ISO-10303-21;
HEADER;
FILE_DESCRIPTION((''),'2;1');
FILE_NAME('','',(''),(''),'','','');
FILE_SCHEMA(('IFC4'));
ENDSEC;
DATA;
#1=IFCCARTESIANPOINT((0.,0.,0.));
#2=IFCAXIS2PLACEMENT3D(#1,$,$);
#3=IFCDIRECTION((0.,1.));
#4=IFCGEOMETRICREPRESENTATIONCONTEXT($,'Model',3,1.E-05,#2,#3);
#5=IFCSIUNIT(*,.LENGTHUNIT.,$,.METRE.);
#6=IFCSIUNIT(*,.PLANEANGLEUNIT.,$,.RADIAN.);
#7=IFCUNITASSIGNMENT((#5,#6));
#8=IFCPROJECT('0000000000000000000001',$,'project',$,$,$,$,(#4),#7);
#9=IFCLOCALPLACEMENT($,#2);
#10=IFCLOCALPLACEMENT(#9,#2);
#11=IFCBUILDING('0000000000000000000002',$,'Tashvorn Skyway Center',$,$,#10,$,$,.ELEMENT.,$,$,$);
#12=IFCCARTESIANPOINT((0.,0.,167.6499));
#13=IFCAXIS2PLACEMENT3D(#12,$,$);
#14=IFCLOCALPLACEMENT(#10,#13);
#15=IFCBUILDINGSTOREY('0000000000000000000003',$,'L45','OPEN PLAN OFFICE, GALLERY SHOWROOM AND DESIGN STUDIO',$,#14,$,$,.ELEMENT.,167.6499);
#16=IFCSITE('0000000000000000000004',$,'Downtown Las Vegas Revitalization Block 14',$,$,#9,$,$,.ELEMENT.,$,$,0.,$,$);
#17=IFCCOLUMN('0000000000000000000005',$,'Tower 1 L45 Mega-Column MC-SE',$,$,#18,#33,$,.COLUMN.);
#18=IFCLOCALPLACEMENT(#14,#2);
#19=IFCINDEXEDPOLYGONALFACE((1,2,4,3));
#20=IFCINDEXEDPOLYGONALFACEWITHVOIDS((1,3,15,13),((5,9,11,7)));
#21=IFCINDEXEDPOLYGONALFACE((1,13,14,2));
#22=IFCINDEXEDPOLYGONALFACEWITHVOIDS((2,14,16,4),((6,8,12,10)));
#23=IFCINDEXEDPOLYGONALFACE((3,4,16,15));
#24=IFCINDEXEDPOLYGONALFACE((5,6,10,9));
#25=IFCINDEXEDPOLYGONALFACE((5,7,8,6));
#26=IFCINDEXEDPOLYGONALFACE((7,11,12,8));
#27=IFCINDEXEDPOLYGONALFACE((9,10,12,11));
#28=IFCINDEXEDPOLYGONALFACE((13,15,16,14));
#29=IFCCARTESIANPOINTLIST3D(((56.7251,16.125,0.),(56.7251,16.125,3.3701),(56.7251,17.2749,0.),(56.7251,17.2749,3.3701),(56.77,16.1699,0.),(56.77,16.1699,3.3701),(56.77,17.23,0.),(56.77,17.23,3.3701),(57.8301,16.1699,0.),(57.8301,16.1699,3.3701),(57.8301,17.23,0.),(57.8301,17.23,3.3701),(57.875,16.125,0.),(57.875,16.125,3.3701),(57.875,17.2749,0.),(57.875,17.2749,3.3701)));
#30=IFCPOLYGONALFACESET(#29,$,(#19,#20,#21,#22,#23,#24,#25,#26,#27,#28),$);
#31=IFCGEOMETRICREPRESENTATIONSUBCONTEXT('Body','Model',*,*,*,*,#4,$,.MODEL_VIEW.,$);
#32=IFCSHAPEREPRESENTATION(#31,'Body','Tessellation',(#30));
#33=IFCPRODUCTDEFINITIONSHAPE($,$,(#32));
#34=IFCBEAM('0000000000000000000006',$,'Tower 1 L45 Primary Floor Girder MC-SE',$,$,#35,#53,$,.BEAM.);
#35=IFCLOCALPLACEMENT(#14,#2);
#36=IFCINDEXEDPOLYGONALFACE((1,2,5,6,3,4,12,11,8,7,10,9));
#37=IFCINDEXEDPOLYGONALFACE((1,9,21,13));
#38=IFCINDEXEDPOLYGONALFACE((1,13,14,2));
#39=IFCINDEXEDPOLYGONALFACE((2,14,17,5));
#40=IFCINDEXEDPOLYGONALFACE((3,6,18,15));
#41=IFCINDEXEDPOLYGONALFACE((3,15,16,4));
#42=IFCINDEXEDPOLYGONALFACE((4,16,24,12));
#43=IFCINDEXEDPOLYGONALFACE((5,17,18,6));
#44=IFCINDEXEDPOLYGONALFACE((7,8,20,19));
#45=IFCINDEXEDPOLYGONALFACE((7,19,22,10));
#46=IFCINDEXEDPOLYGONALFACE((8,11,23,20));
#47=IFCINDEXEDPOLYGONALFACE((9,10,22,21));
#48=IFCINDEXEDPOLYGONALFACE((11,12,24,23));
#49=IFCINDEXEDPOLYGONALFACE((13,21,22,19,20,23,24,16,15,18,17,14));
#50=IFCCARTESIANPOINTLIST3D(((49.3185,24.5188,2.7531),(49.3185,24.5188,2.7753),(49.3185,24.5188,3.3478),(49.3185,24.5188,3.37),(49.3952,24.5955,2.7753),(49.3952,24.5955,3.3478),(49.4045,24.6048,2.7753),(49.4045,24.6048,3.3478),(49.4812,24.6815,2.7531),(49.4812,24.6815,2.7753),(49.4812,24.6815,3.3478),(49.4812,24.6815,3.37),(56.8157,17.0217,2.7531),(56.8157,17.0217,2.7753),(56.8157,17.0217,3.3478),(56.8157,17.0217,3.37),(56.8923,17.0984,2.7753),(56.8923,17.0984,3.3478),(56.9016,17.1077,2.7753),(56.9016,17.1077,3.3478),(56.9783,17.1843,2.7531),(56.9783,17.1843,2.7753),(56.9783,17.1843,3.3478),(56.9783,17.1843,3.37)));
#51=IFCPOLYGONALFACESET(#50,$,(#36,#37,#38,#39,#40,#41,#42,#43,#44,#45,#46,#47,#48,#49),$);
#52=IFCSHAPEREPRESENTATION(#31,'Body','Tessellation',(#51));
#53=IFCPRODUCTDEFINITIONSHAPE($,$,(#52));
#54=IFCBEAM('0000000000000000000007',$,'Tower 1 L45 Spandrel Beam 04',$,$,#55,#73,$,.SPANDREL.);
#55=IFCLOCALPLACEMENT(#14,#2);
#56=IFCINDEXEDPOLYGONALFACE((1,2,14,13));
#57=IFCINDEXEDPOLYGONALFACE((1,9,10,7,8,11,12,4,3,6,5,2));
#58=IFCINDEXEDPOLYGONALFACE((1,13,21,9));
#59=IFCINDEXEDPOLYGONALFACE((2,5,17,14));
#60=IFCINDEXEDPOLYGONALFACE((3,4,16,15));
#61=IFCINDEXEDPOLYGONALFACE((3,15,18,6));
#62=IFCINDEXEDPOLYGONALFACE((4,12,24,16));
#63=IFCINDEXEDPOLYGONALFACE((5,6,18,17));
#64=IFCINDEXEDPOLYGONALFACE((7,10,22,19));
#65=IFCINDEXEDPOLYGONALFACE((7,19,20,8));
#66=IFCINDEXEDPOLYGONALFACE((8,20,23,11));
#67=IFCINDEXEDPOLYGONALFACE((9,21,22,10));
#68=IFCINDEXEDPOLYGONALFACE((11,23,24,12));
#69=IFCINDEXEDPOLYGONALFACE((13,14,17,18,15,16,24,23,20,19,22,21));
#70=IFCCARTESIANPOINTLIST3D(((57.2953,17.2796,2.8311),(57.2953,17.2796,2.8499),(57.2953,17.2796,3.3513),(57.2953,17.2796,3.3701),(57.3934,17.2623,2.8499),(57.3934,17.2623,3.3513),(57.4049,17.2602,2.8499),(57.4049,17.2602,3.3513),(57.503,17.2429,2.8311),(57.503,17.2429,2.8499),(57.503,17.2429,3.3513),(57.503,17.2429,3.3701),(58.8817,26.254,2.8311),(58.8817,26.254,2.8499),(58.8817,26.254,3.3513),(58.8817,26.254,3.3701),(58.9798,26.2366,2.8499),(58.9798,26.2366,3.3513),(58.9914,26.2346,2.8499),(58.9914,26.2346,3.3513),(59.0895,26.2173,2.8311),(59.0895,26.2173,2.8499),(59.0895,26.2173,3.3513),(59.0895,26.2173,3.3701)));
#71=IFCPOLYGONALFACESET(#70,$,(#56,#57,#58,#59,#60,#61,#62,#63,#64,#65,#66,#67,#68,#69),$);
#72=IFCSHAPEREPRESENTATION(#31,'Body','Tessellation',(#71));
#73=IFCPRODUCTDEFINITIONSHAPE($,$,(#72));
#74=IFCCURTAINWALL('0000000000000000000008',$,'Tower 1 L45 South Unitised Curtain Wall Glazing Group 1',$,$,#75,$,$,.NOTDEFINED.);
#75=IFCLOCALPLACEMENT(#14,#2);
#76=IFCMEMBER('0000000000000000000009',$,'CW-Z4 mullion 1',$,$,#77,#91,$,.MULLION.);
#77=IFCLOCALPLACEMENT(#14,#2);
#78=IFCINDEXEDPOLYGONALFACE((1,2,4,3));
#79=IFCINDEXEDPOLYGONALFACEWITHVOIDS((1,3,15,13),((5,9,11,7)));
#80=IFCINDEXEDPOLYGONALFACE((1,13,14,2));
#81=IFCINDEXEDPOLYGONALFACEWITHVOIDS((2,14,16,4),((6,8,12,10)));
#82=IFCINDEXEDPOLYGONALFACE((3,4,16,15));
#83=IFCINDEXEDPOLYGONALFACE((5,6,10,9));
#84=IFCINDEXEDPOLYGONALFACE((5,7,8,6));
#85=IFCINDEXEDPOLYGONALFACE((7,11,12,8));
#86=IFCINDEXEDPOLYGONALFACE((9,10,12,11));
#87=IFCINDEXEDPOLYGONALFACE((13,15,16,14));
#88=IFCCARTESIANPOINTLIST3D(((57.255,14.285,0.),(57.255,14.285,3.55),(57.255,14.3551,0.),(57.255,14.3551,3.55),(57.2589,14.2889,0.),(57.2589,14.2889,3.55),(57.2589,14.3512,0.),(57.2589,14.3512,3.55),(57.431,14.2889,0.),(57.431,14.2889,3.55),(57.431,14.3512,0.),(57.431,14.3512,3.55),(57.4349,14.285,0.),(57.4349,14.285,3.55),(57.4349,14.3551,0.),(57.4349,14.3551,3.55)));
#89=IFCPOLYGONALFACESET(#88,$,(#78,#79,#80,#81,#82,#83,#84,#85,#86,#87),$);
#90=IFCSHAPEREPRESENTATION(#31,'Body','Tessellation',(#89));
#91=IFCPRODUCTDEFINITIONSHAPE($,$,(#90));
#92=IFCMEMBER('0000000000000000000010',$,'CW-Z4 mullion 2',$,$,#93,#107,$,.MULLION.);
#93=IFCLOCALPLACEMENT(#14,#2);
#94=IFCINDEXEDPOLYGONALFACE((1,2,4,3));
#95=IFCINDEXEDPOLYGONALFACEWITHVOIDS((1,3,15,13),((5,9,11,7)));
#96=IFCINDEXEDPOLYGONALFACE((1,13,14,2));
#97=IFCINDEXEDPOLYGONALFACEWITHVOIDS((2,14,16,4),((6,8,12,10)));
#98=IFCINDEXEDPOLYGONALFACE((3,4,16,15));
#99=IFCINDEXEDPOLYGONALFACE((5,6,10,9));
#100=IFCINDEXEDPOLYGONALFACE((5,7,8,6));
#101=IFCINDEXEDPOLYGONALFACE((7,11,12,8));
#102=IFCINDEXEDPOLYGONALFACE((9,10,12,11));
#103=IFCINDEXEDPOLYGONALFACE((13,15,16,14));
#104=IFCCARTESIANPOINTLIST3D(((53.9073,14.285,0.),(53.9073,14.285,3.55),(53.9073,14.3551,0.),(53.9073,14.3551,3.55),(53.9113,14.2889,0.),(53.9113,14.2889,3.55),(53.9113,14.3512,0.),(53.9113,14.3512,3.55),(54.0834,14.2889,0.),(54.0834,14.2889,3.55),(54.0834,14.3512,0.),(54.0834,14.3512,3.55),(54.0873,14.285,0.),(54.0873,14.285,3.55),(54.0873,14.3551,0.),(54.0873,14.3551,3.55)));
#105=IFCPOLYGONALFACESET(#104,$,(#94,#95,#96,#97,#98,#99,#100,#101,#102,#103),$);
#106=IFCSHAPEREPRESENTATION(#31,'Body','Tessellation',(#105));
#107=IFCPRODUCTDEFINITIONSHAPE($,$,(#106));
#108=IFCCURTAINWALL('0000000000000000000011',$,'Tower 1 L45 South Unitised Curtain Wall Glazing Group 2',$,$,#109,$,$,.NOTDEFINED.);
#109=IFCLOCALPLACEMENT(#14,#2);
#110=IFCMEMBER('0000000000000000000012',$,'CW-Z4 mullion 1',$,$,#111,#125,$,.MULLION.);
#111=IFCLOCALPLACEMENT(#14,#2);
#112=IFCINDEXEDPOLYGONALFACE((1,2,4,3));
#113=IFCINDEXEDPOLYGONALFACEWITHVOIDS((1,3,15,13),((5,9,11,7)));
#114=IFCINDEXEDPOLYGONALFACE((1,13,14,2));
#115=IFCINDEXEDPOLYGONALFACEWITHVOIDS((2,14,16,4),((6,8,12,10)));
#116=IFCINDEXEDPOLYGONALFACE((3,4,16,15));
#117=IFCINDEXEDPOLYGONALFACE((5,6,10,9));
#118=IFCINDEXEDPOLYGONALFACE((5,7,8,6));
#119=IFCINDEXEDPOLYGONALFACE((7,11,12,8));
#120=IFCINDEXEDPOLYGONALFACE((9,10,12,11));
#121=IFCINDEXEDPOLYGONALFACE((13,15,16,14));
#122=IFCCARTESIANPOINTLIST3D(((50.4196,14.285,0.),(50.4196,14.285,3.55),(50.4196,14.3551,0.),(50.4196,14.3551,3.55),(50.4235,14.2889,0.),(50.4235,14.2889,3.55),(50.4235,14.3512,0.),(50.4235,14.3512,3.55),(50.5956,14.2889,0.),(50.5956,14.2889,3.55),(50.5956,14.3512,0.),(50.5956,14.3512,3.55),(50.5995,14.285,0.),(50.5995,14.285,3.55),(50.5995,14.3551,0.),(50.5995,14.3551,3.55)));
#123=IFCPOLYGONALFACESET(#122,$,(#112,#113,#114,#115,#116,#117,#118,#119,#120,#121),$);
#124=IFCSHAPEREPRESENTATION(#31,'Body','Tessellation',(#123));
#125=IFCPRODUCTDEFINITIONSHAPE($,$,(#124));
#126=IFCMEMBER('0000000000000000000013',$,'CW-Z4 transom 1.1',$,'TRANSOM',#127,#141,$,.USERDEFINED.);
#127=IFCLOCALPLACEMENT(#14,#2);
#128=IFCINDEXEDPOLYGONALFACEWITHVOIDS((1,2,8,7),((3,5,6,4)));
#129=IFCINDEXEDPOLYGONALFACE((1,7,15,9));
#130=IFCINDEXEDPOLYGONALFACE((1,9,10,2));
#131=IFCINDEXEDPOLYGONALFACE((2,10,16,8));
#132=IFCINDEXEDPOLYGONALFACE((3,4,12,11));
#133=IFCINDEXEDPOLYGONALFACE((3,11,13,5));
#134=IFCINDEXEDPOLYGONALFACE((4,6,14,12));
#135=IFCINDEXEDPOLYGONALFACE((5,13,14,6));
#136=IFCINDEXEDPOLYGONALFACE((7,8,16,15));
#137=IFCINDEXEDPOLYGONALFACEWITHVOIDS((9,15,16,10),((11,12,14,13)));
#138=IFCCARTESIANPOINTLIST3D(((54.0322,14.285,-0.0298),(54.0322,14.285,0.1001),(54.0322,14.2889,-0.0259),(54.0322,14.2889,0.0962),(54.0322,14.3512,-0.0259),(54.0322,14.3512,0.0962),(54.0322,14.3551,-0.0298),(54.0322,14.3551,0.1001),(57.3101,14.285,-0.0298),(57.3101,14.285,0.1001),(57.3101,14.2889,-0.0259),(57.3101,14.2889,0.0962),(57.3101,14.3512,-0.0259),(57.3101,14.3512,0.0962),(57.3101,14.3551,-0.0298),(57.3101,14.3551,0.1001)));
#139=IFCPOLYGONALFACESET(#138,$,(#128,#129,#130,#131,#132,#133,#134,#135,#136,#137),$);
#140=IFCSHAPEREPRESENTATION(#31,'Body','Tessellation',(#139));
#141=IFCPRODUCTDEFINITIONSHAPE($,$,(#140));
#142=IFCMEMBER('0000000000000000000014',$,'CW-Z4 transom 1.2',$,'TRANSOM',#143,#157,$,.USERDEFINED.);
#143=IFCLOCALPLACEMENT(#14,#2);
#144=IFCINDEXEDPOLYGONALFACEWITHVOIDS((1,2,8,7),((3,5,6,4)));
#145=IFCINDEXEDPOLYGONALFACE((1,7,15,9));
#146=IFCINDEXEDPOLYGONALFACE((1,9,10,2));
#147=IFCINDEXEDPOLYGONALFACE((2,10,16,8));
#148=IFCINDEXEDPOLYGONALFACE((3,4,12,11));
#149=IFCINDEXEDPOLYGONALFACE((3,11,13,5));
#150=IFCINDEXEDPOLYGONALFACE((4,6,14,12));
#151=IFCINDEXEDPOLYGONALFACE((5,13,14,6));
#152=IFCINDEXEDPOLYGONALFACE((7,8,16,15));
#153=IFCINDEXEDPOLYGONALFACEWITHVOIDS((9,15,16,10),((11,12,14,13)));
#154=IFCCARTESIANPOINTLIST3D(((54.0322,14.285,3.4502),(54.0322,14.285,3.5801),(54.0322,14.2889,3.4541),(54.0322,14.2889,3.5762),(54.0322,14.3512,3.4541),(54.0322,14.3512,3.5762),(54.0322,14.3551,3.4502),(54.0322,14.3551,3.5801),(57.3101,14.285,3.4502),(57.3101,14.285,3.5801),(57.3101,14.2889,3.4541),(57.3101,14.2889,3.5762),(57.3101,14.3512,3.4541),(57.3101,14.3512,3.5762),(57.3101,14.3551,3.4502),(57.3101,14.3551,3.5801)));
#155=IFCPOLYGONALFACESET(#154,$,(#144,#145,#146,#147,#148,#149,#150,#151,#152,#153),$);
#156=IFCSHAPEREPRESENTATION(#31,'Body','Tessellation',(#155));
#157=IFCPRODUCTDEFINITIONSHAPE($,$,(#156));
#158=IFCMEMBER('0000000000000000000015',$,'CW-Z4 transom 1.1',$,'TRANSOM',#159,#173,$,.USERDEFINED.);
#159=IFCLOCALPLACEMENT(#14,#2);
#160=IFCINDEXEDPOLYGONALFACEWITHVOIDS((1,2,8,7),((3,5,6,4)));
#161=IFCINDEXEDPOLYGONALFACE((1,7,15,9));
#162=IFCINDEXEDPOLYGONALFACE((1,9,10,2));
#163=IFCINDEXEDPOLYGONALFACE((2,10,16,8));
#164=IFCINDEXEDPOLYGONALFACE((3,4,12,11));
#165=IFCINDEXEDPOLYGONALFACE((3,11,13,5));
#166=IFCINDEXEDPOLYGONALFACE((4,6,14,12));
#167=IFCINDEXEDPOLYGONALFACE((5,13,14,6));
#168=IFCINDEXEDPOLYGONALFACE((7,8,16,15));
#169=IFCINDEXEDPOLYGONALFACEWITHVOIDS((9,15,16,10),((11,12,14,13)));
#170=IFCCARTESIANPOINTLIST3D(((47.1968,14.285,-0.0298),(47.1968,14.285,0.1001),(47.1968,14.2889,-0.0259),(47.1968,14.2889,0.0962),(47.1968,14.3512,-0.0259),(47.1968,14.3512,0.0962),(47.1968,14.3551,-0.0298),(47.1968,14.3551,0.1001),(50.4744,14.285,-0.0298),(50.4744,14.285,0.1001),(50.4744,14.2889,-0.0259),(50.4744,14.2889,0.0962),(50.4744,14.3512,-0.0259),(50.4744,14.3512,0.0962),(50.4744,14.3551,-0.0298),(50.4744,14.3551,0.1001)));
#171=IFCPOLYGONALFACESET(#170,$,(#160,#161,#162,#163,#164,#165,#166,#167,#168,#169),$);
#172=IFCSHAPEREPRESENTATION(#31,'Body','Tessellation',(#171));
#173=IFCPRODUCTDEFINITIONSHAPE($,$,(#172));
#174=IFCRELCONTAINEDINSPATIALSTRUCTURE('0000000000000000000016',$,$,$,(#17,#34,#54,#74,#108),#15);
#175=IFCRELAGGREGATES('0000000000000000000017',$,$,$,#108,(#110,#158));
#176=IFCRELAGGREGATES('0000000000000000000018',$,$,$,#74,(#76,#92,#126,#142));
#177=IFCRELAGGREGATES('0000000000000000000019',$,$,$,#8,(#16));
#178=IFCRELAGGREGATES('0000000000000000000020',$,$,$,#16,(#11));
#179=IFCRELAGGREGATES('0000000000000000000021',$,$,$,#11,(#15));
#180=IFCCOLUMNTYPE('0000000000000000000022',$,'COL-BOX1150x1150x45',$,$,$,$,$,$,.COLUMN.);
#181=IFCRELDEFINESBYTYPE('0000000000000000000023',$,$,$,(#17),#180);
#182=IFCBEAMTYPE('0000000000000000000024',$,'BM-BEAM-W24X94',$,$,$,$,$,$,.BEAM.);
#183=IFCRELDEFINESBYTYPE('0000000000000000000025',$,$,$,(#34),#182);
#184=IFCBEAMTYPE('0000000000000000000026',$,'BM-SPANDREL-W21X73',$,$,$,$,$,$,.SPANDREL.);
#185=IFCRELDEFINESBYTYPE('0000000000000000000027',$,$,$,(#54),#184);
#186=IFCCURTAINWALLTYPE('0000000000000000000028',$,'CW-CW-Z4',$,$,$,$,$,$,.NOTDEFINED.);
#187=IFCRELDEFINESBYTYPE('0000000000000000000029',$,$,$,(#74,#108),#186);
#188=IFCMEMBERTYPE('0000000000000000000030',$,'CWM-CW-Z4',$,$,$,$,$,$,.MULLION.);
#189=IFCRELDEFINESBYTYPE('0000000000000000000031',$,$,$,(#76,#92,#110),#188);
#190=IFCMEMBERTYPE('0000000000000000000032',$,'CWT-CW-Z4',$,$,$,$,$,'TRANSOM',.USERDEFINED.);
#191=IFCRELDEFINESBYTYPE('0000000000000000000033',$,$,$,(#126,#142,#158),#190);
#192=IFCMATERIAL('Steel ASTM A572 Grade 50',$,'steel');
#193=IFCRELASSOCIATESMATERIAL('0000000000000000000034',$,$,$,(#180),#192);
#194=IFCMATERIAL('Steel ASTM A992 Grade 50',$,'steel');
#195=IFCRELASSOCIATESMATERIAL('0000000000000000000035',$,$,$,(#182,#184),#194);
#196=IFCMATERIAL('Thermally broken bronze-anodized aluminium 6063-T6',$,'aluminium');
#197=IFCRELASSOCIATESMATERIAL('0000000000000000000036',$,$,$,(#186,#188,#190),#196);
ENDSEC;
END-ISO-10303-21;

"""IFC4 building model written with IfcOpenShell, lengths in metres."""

from ifc_helpers import new_model, si_unit, direction, frame, origin, origin_2d, place, context, subcontext, project, spatial, hollow_rectangle, i_section, extrude, material, material_profile, profile_set, type_object, element, aggregate, save


model = new_model("IFC4")

# Units and contexts
model_context = context("Model", 3, precision=1e-05, world=origin(), true_north=direction((0.0, 1.0)))
body_context = subcontext(model_context, "Body", "Model", "MODEL_VIEW")
ifc_project = project(units=[si_unit("LENGTHUNIT", "METRE"), si_unit("PLANEANGLEUNIT", "RADIAN")], contexts=[model_context])

# Site, building, storey
site_placement = place(None, origin())
site = spatial("IfcSite", under=ifc_project, at=site_placement, Name="Downtown Las Vegas Revitalization Block 14", CompositionType="ELEMENT", RefElevation=0.0)
building_placement = place(site_placement, origin())
building = spatial("IfcBuilding", under=site, at=building_placement, Name="Tashvorn Skyway Center", CompositionType="ELEMENT")
storey_placement = place(building_placement, frame((0.0, 0.0, 167.6499)))
storey = spatial("IfcBuildingStorey", under=building, at=storey_placement, Name="L45", Description="OPEN PLAN OFFICE, GALLERY SHOWROOM AND DESIGN STUDIO", CompositionType="ELEMENT", Elevation=167.6499)

# Column
ifc_material_1 = material(Name="Steel ASTM A572 Grade 50", Category="steel")
ifc_material_profile_1 = material_profile(ifc_material_1, hollow_rectangle(XDim=1.1499, YDim=1.1499, WallThickness=0.0449, at=origin_2d()), Name="BOX1150x1150x45")
ifc_profile_set_1 = profile_set([ifc_material_profile_1], Name="Steel ASTM A572 Grade 50")
column_type = type_object("IfcColumnType", Name="COL-BOX1150x1150x45", PredefinedType="COLUMN", material=ifc_profile_set_1)
column_placement = place(storey_placement, frame((57.3, 16.7, 0.0), z_axis=(0.0, 0.0, 1.0), x_axis=(1.0, 0.0, 0.0)))
element("IfcColumn", 1, at=column_placement, inside=storey, type_object=column_type, Name="Tower 1 L45 Mega-Column MC-SE", PredefinedType="COLUMN", context=body_context, shape_type="SweptSolid", body=[
    extrude(hollow_rectangle(XDim=1.1499, YDim=1.1499, WallThickness=0.0449, at=origin_2d()), origin(), (0.0, 0.0, 1.0), 3.3701),
])

# Beams
ifc_material_2 = material(Name="Steel ASTM A992 Grade 50", Category="steel")
ifc_material_profile_2 = material_profile(ifc_material_2, i_section(OverallWidth=0.23, OverallDepth=0.6169, WebThickness=0.0132, FlangeThickness=0.0222, at=origin_2d()), Name="W24X94")
ifc_profile_set_2 = profile_set([ifc_material_profile_2], Name="Steel ASTM A992 Grade 50")
beam_type_1 = type_object("IfcBeamType", Name="BM-BEAM-W24X94", PredefinedType="BEAM", material=ifc_profile_set_2)
beam_1_placement = place(storey_placement, frame((56.897, 17.103, 3.0615), z_axis=(-0.707107, 0.707107, 0.0), x_axis=(-0.707107, -0.707107, 0.0)))
element("IfcBeam", 2, at=beam_1_placement, inside=storey, type_object=beam_type_1, Name="Tower 1 L45 Primary Floor Girder MC-SE", PredefinedType="BEAM", context=body_context, shape_type="SweptSolid", body=[
    extrude(i_section(OverallWidth=0.23, OverallDepth=0.6169, WebThickness=0.0132, FlangeThickness=0.0222, at=origin_2d()), origin(), (0.0, 0.0, 1.0), 10.6025),
])
ifc_material_profile_3 = material_profile(ifc_material_2, i_section(OverallWidth=0.2109, OverallDepth=0.5391, WebThickness=0.0117, FlangeThickness=0.0188, at=origin_2d()), Name="W21X73")
ifc_profile_set_3 = profile_set([ifc_material_profile_3], Name="Steel ASTM A992 Grade 50")
beam_type_2 = type_object("IfcBeamType", Name="BM-SPANDREL-W21X73", PredefinedType="SPANDREL", material=ifc_profile_set_3)
beam_2_placement = place(storey_placement, frame((57.3992, 17.2612, 3.1006), z_axis=(0.174074, 0.984733, 0.0), x_axis=(-0.984733, 0.174074, 0.0)))
element("IfcBeam", 3, at=beam_2_placement, inside=storey, type_object=beam_type_2, Name="Tower 1 L45 Spandrel Beam 04", PredefinedType="SPANDREL", context=body_context, shape_type="SweptSolid", body=[
    extrude(i_section(OverallWidth=0.2109, OverallDepth=0.5391, WebThickness=0.0117, FlangeThickness=0.0188, at=origin_2d()), origin(), (0.0, 0.0, 1.0), 9.1135),
])

# Curtain wall, members
ifc_material_3 = material(Name="Thermally broken bronze-anodized aluminium 6063-T6", Category="aluminium")
curtain_wall_type = type_object("IfcCurtainWallType", Name="CW-CW-Z4", PredefinedType="NOTDEFINED", material=ifc_material_3)
curtain_wall_1_placement = place(storey_placement, origin())
curtain_wall_1 = element("IfcCurtainWall", 4, at=curtain_wall_1_placement, inside=storey, type_object=curtain_wall_type, Name="Tower 1 L45 South Unitised Curtain Wall Glazing Group 1", PredefinedType="NOTDEFINED")
ifc_material_profile_4 = material_profile(ifc_material_3, hollow_rectangle(XDim=0.0701, YDim=0.1799, WallThickness=0.0039, at=origin_2d()), Name="ALU-MULL-70x180")
ifc_profile_set_4 = profile_set([ifc_material_profile_4], Name="Thermally broken bronze-anodized aluminium 6063-T6")
member_type_1 = type_object("IfcMemberType", Name="CWM-CW-Z4", PredefinedType="MULLION", material=ifc_profile_set_4)
member_1_placement = place(storey_placement, frame((57.345, 14.3201, 0.0), z_axis=(0.0, 0.0, 1.0), x_axis=(0.0, -1.0, 0.0)))
member_1 = element("IfcMember", 5, at=member_1_placement, type_object=member_type_1, Name="CW-Z4 mullion 1", PredefinedType="MULLION", context=body_context, shape_type="SweptSolid", body=[
    extrude(hollow_rectangle(XDim=0.0701, YDim=0.1799, WallThickness=0.0039, at=origin_2d()), origin(), (0.0, 0.0, 1.0), 3.55),
])
member_2_placement = place(storey_placement, frame((53.9973, 14.3201, 0.0), z_axis=(0.0, 0.0, 1.0), x_axis=(0.0, -1.0, 0.0)))
member_2 = element("IfcMember", 6, at=member_2_placement, type_object=member_type_1, Name="CW-Z4 mullion 2", PredefinedType="MULLION", context=body_context, shape_type="SweptSolid", body=[
    extrude(hollow_rectangle(XDim=0.0701, YDim=0.1799, WallThickness=0.0039, at=origin_2d()), origin(), (0.0, 0.0, 1.0), 3.55),
])

# Curtain wall, member
curtain_wall_2_placement = place(storey_placement, origin())
curtain_wall_2 = element("IfcCurtainWall", 7, at=curtain_wall_2_placement, inside=storey, type_object=curtain_wall_type, Name="Tower 1 L45 South Unitised Curtain Wall Glazing Group 2", PredefinedType="NOTDEFINED")
member_3_placement = place(storey_placement, frame((50.5095, 14.3201, 0.0), z_axis=(0.0, 0.0, 1.0), x_axis=(0.0, -1.0, 0.0)))
member_3 = element("IfcMember", 8, at=member_3_placement, type_object=member_type_1, Name="CW-Z4 mullion 1", PredefinedType="MULLION", context=body_context, shape_type="SweptSolid", body=[
    extrude(hollow_rectangle(XDim=0.0701, YDim=0.1799, WallThickness=0.0039, at=origin_2d()), origin(), (0.0, 0.0, 1.0), 3.55),
])

# Members
ifc_material_profile_5 = material_profile(ifc_material_3, hollow_rectangle(XDim=0.0701, YDim=0.1299, WallThickness=0.0039, at=origin_2d()), Name="ALU-TRAN-70x130")
ifc_profile_set_5 = profile_set([ifc_material_profile_5], Name="Thermally broken bronze-anodized aluminium 6063-T6")
member_type_2 = type_object("IfcMemberType", Name="CWT-CW-Z4", ElementType="TRANSOM", PredefinedType="USERDEFINED", material=ifc_profile_set_5)
member_4_placement = place(storey_placement, frame((57.3101, 14.3201, 0.0352), z_axis=(-1.0, 0.0, 0.0), x_axis=(0.0, -1.0, 0.0)))
member_4 = element("IfcMember", 9, at=member_4_placement, type_object=member_type_2, Name="CW-Z4 transom 1.1", ObjectType="TRANSOM", PredefinedType="USERDEFINED", context=body_context, shape_type="SweptSolid", body=[
    extrude(hollow_rectangle(XDim=0.0701, YDim=0.1299, WallThickness=0.0039, at=origin_2d()), origin(), (0.0, 0.0, 1.0), 3.2778),
])
member_5_placement = place(storey_placement, frame((57.3101, 14.3201, 3.5151), z_axis=(-1.0, 0.0, 0.0), x_axis=(0.0, -1.0, 0.0)))
member_5 = element("IfcMember", 10, at=member_5_placement, type_object=member_type_2, Name="CW-Z4 transom 1.2", ObjectType="TRANSOM", PredefinedType="USERDEFINED", context=body_context, shape_type="SweptSolid", body=[
    extrude(hollow_rectangle(XDim=0.0701, YDim=0.1299, WallThickness=0.0039, at=origin_2d()), origin(), (0.0, 0.0, 1.0), 3.2778),
])
member_6_placement = place(storey_placement, frame((50.4744, 14.3201, 0.0352), z_axis=(-1.0, 0.0, 0.0), x_axis=(0.0, -1.0, 0.0)))
member_6 = element("IfcMember", 11, at=member_6_placement, type_object=member_type_2, Name="CW-Z4 transom 1.1", ObjectType="TRANSOM", PredefinedType="USERDEFINED", context=body_context, shape_type="SweptSolid", body=[
    extrude(hollow_rectangle(XDim=0.0701, YDim=0.1299, WallThickness=0.0039, at=origin_2d()), origin(), (0.0, 0.0, 1.0), 3.2776),
])
aggregate(curtain_wall_2, [member_3, member_6])

aggregate(curtain_wall_1, [member_1, member_2, member_4, member_5])

save(model, "model.ifc")
